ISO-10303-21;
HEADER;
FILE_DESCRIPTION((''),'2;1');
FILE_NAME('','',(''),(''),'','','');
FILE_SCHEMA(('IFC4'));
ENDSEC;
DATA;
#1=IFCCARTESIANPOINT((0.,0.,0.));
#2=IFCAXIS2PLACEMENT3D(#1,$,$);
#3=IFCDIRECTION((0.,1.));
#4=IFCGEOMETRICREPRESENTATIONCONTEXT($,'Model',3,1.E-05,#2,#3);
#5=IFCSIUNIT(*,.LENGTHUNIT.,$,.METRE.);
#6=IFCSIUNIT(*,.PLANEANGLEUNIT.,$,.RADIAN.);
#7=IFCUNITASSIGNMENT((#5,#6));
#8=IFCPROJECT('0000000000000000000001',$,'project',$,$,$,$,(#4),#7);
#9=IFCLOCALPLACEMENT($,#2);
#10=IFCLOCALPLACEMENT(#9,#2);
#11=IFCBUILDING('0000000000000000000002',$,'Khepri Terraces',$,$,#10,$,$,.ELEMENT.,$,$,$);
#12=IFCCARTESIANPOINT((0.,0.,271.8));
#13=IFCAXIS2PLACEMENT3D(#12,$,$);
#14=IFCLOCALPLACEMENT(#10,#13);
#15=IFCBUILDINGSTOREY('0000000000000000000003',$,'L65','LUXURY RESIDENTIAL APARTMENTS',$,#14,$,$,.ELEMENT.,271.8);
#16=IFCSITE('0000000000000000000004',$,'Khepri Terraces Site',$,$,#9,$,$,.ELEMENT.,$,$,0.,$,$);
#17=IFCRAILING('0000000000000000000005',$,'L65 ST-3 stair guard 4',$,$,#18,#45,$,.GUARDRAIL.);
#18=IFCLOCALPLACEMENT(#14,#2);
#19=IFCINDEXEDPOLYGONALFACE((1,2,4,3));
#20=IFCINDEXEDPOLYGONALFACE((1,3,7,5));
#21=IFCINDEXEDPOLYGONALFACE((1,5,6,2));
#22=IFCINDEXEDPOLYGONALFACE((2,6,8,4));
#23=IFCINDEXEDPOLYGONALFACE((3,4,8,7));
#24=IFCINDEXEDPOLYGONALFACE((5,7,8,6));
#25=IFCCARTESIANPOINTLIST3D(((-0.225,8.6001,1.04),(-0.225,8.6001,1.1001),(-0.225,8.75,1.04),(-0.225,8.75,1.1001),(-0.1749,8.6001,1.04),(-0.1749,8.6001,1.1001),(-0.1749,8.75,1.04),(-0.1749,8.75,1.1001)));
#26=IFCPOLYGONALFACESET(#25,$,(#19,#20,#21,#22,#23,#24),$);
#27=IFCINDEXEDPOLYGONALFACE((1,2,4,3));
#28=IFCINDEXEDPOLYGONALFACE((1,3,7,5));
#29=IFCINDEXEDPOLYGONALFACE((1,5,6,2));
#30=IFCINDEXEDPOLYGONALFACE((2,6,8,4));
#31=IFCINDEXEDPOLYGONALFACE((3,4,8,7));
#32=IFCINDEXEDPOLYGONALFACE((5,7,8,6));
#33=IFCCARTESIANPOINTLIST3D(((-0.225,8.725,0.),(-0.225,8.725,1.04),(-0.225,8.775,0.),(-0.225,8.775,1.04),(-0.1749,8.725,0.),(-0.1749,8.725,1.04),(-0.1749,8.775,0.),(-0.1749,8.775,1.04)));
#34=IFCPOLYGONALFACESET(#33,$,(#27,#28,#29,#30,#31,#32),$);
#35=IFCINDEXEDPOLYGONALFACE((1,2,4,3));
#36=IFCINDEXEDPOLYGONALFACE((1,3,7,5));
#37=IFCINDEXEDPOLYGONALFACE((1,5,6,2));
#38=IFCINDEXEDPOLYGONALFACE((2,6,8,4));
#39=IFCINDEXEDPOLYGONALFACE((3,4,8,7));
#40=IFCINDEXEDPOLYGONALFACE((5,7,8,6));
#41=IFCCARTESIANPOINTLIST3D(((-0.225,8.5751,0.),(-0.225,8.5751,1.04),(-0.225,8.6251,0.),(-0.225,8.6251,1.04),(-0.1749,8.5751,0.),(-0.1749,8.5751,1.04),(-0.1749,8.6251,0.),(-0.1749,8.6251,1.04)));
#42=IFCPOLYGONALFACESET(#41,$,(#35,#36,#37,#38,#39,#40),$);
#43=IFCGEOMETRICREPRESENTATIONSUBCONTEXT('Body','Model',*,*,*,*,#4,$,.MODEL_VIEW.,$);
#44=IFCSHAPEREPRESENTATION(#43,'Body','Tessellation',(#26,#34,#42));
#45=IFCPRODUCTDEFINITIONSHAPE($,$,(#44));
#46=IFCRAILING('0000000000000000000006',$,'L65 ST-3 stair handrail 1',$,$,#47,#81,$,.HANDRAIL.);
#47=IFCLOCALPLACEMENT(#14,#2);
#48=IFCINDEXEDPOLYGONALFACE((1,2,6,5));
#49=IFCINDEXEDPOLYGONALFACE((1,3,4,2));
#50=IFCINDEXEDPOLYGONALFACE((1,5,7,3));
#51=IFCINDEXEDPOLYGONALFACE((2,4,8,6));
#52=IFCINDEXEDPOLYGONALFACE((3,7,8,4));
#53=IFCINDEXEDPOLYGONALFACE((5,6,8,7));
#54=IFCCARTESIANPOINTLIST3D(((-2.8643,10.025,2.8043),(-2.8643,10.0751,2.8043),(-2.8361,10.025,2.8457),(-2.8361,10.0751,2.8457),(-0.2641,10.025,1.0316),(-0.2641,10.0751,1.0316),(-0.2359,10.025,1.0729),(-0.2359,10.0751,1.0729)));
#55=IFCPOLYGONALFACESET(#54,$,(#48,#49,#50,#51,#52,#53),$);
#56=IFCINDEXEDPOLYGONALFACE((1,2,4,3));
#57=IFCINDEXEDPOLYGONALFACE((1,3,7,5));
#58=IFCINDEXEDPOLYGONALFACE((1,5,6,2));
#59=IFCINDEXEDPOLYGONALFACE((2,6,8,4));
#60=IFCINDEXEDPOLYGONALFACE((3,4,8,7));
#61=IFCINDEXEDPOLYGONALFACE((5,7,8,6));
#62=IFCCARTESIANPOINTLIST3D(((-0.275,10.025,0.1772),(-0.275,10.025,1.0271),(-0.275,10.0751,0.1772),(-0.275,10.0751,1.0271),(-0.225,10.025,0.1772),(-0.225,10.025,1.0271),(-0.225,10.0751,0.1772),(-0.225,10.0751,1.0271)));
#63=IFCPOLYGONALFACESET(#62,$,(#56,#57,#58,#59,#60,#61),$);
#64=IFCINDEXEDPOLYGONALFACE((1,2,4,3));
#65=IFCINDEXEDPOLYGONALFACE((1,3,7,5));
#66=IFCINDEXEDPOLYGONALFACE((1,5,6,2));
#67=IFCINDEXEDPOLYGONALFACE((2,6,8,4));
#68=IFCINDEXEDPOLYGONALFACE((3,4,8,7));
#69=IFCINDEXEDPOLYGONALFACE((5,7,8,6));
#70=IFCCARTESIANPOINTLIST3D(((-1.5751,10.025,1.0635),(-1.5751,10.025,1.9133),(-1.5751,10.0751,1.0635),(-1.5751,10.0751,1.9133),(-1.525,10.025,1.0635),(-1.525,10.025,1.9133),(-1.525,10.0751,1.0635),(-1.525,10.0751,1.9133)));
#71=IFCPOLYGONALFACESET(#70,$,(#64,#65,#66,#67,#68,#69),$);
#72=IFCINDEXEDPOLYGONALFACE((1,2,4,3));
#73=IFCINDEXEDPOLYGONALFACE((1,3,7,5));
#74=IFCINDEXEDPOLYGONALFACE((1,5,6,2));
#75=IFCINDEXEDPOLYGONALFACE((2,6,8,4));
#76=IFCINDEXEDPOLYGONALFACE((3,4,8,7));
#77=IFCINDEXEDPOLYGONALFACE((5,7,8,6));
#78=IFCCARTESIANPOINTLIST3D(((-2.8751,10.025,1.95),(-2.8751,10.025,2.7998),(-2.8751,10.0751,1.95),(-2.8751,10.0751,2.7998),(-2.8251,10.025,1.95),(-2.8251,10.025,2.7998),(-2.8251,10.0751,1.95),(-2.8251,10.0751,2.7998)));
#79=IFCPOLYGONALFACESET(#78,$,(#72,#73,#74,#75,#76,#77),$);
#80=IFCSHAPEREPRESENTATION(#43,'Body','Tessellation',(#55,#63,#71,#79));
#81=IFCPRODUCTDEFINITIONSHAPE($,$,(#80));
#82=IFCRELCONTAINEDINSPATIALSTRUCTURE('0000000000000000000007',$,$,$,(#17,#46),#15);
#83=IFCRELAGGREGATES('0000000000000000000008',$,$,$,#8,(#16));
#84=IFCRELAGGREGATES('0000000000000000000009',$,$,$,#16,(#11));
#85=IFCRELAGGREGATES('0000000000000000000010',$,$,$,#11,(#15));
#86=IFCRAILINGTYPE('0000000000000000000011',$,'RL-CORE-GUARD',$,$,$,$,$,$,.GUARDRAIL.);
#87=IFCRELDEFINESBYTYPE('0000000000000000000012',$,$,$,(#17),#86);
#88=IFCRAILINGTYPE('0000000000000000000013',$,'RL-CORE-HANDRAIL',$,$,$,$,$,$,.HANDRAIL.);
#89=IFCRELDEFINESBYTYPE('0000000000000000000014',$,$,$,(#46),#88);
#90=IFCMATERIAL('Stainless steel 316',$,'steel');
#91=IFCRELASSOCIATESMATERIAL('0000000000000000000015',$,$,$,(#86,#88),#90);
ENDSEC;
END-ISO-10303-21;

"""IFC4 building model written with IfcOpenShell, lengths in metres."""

from ifc_helpers import new_model, si_unit, direction, frame, origin, origin_2d, place, context, subcontext, project, spatial, rectangle, extrude, material, type_object, element, save


model = new_model("IFC4")

# Units and contexts
model_context = context("Model", 3, precision=1e-05, world=origin(), true_north=direction((0.0, 1.0)))
body_context = subcontext(model_context, "Body", "Model", "MODEL_VIEW")
ifc_project = project(units=[si_unit("LENGTHUNIT", "METRE"), si_unit("PLANEANGLEUNIT", "RADIAN")], contexts=[model_context])

# Site, building, storey
site_placement = place(None, origin())
site = spatial("IfcSite", under=ifc_project, at=site_placement, Name="Khepri Terraces Site", CompositionType="ELEMENT", RefElevation=0.0)
building_placement = place(site_placement, origin())
building = spatial("IfcBuilding", under=site, at=building_placement, Name="Khepri Terraces", CompositionType="ELEMENT")
storey_placement = place(building_placement, frame((0.0, 0.0, 271.8)))
storey = spatial("IfcBuildingStorey", under=building, at=storey_placement, Name="L65", Description="LUXURY RESIDENTIAL APARTMENTS", CompositionType="ELEMENT", Elevation=271.8)

# Railings
ifc_material_1 = material(Name="Stainless steel 316", Category="steel")
railing_type_1 = type_object("IfcRailingType", Name="RL-CORE-GUARD", PredefinedType="GUARDRAIL", material=ifc_material_1)
railing_1_placement = place(storey_placement, frame((-0.2, 8.75, 0.0)))
element("IfcRailing", 1, at=railing_1_placement, inside=storey, type_object=railing_type_1, Name="L65 ST-3 stair guard 4", PredefinedType="GUARDRAIL", context=body_context, shape_type="SweptSolid", body=[
    extrude(rectangle(XDim=0.05, YDim=0.0601, at=origin_2d()), frame((0.0, 0.0, 1.0701), z_axis=(0.0, -1.0, 0.0), x_axis=(1.0, 0.0, 0.0)), (0.0, 0.0, 1.0), 0.1499),
    extrude(rectangle(XDim=0.05, YDim=0.05, at=origin_2d()), origin(), (0.0, 0.0, 1.0), 1.04),
    extrude(rectangle(XDim=0.05, YDim=0.05, at=origin_2d()), frame((0.0, -0.1499, 0.0)), (0.0, 0.0, 1.0), 1.04),
])
railing_type_2 = type_object("IfcRailingType", Name="RL-CORE-HANDRAIL", PredefinedType="HANDRAIL", material=ifc_material_1)
railing_2_placement = place(storey_placement, frame((-0.25, 10.05, 0.1772)))
element("IfcRailing", 2, at=railing_2_placement, inside=storey, type_object=railing_type_2, Name="L65 ST-3 stair handrail 1", PredefinedType="HANDRAIL", context=body_context, shape_type="SweptSolid", body=[
    extrude(rectangle(XDim=0.05, YDim=0.05, at=origin_2d()), frame((0.0, 0.0, 0.875), z_axis=(-0.82624, 0.0, 0.563318), x_axis=(0.0, -1.0, 0.0)), (0.0, 0.0, 1.0), 3.147),
    extrude(rectangle(XDim=0.05, YDim=0.05, at=origin_2d()), origin(), (0.0, 0.0, 1.0), 0.8499),
    extrude(rectangle(XDim=0.05, YDim=0.05, at=origin_2d()), frame((-1.3, 0.0, 0.8862)), (0.0, 0.0, 1.0), 0.8499),
    extrude(rectangle(XDim=0.05, YDim=0.05, at=origin_2d()), frame((-2.6001, 0.0, 1.7727)), (0.0, 0.0, 1.0), 0.8499),
])

save(model, "model.ifc")
